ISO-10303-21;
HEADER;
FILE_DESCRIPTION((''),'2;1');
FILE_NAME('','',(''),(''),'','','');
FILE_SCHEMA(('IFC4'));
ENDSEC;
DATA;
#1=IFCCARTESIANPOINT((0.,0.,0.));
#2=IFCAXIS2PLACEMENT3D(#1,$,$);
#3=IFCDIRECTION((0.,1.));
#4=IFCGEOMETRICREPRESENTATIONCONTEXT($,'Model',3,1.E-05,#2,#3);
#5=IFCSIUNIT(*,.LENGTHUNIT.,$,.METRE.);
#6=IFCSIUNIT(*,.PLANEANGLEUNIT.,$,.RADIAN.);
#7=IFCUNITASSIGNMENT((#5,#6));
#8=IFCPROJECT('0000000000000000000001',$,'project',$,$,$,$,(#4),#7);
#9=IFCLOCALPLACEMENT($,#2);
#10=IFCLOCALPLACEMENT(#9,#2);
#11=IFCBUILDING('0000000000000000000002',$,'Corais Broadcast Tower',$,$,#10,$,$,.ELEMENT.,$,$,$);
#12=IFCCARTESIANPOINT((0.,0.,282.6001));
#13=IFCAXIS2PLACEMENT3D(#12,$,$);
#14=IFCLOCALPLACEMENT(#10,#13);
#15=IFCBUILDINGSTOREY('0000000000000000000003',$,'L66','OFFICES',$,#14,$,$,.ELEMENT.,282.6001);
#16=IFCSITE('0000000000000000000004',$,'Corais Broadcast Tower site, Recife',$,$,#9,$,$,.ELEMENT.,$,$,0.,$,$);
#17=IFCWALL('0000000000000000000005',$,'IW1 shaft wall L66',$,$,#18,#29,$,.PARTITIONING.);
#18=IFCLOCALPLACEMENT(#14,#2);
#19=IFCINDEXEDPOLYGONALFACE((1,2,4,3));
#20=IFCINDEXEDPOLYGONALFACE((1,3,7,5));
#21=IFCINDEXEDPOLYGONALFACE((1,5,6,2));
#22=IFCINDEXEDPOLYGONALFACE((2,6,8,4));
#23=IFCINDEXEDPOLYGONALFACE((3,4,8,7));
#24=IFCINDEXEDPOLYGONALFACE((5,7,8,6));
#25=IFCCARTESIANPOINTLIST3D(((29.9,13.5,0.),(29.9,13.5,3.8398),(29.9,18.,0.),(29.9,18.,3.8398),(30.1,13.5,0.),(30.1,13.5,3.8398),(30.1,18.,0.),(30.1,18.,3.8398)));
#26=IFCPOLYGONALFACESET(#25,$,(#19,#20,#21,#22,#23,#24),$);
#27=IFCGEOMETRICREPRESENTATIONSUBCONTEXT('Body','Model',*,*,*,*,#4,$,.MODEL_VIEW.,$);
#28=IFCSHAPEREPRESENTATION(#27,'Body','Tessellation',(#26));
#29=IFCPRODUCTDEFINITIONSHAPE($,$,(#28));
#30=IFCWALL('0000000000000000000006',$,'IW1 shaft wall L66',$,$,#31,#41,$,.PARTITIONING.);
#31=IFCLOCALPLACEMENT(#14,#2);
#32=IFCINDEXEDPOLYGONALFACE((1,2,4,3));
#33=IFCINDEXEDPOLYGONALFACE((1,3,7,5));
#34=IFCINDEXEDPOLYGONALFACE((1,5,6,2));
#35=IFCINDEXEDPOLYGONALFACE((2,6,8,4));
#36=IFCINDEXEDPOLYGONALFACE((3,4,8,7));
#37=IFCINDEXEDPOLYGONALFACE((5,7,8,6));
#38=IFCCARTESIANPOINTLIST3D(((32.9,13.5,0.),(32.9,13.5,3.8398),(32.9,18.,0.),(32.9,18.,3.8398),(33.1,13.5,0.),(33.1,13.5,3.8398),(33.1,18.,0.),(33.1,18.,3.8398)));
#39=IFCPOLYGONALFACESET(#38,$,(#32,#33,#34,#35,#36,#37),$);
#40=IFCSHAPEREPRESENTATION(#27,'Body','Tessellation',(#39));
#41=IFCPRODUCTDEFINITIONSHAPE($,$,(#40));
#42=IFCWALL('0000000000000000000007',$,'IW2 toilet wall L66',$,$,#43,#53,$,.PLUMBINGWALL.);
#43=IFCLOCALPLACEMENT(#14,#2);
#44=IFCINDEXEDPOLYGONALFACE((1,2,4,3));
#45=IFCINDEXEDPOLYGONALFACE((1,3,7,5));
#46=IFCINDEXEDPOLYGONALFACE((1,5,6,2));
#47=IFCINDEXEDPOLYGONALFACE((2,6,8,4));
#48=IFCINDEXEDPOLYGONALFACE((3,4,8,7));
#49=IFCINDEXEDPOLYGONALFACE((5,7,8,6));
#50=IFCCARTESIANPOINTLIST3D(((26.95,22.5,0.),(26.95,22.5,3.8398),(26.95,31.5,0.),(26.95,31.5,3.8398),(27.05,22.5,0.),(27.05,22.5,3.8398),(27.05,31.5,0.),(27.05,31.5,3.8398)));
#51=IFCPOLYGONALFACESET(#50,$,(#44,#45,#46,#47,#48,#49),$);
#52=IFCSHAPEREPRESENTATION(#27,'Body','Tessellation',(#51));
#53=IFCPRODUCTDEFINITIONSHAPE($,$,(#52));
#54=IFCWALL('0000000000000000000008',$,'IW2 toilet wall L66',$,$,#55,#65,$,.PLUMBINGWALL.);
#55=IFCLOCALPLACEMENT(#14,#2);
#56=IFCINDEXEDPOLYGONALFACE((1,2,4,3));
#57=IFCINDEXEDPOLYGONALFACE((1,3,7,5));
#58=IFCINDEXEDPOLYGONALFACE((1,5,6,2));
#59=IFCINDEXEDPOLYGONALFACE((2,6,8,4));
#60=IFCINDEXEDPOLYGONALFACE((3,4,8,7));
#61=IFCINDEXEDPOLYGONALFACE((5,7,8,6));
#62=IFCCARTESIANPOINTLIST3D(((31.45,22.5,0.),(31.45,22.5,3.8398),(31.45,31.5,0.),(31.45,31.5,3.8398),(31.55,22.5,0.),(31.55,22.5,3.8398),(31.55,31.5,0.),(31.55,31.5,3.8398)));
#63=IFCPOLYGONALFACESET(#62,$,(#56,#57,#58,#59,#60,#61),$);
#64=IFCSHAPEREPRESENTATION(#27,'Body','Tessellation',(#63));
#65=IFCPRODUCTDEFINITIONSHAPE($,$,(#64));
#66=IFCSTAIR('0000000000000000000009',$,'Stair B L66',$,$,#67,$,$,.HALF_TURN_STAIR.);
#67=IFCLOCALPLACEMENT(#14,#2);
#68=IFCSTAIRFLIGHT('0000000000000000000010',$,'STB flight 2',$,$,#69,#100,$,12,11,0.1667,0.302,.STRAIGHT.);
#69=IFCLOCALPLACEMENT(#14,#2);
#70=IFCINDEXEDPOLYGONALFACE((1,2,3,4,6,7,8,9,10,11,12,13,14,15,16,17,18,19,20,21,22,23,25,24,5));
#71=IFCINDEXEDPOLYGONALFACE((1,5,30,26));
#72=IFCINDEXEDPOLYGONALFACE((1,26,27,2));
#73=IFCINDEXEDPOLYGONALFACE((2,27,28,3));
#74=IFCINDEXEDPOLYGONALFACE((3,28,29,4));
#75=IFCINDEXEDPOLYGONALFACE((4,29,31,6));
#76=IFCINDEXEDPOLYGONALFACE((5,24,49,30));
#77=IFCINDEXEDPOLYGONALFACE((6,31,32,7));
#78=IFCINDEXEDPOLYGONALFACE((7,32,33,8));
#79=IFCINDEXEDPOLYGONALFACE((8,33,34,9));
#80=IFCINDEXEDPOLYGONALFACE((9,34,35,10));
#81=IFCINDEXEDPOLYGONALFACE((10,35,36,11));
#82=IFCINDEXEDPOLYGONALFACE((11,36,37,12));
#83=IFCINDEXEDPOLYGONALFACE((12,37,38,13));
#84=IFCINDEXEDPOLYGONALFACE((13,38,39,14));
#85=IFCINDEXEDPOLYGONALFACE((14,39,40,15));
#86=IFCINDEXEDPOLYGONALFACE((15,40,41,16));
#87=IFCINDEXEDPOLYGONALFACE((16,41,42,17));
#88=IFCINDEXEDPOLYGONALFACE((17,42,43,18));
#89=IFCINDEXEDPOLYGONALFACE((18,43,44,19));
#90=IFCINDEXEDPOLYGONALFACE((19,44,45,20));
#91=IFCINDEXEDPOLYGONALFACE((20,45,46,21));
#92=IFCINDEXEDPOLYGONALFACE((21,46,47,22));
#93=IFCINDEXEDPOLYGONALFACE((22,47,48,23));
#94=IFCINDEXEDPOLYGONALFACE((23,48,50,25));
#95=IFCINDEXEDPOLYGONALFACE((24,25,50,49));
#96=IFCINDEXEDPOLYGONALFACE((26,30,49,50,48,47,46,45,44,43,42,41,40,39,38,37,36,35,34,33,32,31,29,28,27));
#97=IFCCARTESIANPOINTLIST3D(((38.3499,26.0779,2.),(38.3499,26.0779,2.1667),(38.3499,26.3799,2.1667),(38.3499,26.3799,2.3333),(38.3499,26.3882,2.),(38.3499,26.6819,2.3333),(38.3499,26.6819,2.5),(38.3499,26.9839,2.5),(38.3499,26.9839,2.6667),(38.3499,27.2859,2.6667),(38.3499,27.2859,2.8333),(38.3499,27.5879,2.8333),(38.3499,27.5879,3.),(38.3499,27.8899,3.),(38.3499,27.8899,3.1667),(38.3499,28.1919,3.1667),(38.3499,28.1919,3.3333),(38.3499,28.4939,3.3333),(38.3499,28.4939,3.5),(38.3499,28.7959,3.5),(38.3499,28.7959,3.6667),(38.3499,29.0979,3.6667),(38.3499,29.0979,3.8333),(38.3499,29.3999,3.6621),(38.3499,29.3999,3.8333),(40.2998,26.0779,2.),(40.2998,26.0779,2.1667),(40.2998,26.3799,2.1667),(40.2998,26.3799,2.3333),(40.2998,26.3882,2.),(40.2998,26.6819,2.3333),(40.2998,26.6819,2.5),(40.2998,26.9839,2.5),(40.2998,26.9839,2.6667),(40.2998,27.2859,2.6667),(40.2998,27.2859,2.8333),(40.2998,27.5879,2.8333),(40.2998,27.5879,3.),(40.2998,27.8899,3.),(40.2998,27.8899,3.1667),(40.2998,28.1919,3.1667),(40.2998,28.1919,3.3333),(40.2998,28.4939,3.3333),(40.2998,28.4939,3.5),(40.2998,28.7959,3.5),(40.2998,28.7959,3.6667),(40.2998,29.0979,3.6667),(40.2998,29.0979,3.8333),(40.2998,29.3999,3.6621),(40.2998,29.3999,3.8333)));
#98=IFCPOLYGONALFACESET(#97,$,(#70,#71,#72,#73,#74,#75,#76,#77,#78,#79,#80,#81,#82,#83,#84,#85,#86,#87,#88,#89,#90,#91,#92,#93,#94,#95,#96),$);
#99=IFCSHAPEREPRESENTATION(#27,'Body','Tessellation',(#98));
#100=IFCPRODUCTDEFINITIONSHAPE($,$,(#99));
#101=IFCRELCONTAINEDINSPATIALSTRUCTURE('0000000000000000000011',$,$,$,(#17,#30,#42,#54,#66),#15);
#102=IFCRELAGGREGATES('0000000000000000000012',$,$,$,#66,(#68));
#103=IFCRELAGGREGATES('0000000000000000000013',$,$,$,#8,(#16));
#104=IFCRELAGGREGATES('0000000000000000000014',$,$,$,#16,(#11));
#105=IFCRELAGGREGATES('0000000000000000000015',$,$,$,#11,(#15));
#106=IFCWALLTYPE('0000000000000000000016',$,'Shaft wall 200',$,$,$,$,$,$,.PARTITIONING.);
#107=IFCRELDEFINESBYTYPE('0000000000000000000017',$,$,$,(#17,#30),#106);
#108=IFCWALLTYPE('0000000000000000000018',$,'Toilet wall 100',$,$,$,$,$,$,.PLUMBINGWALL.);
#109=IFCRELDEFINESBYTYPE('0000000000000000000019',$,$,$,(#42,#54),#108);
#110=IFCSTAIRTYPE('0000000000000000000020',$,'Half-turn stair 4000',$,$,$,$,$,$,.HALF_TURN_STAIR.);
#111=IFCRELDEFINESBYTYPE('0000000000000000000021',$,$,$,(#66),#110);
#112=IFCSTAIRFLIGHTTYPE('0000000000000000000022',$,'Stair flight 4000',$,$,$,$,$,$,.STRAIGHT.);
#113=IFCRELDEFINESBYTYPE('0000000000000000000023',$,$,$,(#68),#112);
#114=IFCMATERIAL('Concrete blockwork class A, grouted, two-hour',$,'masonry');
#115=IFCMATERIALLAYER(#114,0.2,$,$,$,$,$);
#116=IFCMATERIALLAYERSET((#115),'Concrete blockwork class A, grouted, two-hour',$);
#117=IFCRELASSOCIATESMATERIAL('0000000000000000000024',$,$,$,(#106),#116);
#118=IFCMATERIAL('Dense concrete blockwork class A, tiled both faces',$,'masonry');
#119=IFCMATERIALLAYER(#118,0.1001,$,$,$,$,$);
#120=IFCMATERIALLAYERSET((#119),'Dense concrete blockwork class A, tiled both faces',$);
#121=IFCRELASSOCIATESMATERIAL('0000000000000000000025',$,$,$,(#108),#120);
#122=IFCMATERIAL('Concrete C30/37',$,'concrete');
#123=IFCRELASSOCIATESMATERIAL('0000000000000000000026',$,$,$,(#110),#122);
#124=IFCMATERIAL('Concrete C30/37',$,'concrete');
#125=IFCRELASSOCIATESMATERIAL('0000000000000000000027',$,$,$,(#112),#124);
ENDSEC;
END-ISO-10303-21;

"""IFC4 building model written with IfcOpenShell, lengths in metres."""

from ifc_helpers import new_model, si_unit, direction, frame, frame_2d, origin, place, context, subcontext, project, spatial, polyline, rectangle, outline, extrude, material, layer, layer_set, type_object, element, aggregate, save


model = new_model("IFC4")

# Units and contexts
model_context = context("Model", 3, precision=1e-05, world=origin(), true_north=direction((0.0, 1.0)))
body_context = subcontext(model_context, "Body", "Model", "MODEL_VIEW")
ifc_project = project(units=[si_unit("LENGTHUNIT", "METRE"), si_unit("PLANEANGLEUNIT", "RADIAN")], contexts=[model_context])

# Site, building, storey
site_placement = place(None, origin())
site = spatial("IfcSite", under=ifc_project, at=site_placement, Name="Corais Broadcast Tower site, Recife", CompositionType="ELEMENT", RefElevation=0.0)
building_placement = place(site_placement, origin())
building = spatial("IfcBuilding", under=site, at=building_placement, Name="Corais Broadcast Tower", CompositionType="ELEMENT")
storey_placement = place(building_placement, frame((0.0, 0.0, 282.6001)))
storey = spatial("IfcBuildingStorey", under=building, at=storey_placement, Name="L66", Description="OFFICES", CompositionType="ELEMENT", Elevation=282.6001)

# Walls
ifc_material_1 = material(Name="Concrete blockwork class A, grouted, two-hour", Category="masonry")
ifc_layer_1 = layer(ifc_material_1, 0.2)
ifc_layer_set_1 = layer_set([ifc_layer_1], Name="Concrete blockwork class A, grouted, two-hour")
wall_type_1 = type_object("IfcWallType", Name="Shaft wall 200", PredefinedType="PARTITIONING", material=ifc_layer_set_1)
for number, where, z_axis, x_axis, name in (
    (1, (30.0, 13.5, 0.0), (0.0, 0.0, 1.0), (0.0, 1.0, 0.0), "IW1 shaft wall L66"),
    (2, (33.0, 13.5, 0.0), (0.0, 0.0, 1.0), (0.0, 1.0, 0.0), "IW1 shaft wall L66"),
):
    element("IfcWall", number, at=place(storey_placement, frame(where, z_axis=z_axis, x_axis=x_axis)), inside=storey, type_object=wall_type_1, Name=name, PredefinedType="PARTITIONING", context=body_context, shape_type="SweptSolid", body=[
        extrude(rectangle(XDim=4.5, YDim=0.2, at=frame_2d((2.25, 0.0))), origin(), (0.0, 0.0, 1.0), 3.8398),
    ])
ifc_material_2 = material(Name="Dense concrete blockwork class A, tiled both faces", Category="masonry")
ifc_layer_2 = layer(ifc_material_2, 0.1001)
ifc_layer_set_2 = layer_set([ifc_layer_2], Name="Dense concrete blockwork class A, tiled both faces")
wall_type_2 = type_object("IfcWallType", Name="Toilet wall 100", PredefinedType="PLUMBINGWALL", material=ifc_layer_set_2)
for number, where, z_axis, x_axis, name in (
    (3, (27.0, 22.5, 0.0), (0.0, 0.0, 1.0), (0.0, 1.0, 0.0), "IW2 toilet wall L66"),
    (4, (31.5, 22.5, 0.0), (0.0, 0.0, 1.0), (0.0, 1.0, 0.0), "IW2 toilet wall L66"),
):
    element("IfcWall", number, at=place(storey_placement, frame(where, z_axis=z_axis, x_axis=x_axis)), inside=storey, type_object=wall_type_2, Name=name, PredefinedType="PLUMBINGWALL", context=body_context, shape_type="SweptSolid", body=[
        extrude(rectangle(XDim=9.0, YDim=0.1001, at=frame_2d((4.5, 0.0))), origin(), (0.0, 0.0, 1.0), 3.8398),
    ])

# Stair, stair flight
ifc_material_3 = material(Name="Concrete C30/37", Category="concrete")
stair_type = type_object("IfcStairType", Name="Half-turn stair 4000", PredefinedType="HALF_TURN_STAIR", material=ifc_material_3)
stair_placement = place(storey_placement, origin())
stair = element("IfcStair", 5, at=stair_placement, inside=storey, type_object=stair_type, Name="Stair B L66", PredefinedType="HALF_TURN_STAIR")
ifc_material_4 = material(Name="Concrete C30/37", Category="concrete")
stair_flight_type = type_object("IfcStairFlightType", Name="Stair flight 4000", PredefinedType="STRAIGHT", material=ifc_material_4)
stair_flight_placement = place(storey_placement, frame((39.325, 26.0779, 2.0), z_axis=(0.0, 0.0, 1.0), x_axis=(0.0, 1.0, 0.0)))
stair_flight = element("IfcStairFlight", 6, at=stair_flight_placement, type_object=stair_flight_type, Name="STB flight 2", NumberOfRisers=12, NumberOfTreads=11, PredefinedType="STRAIGHT", RiserHeight=0.1667, TreadLength=0.302, context=body_context, shape_type="SweptSolid", body=[
    extrude(outline(polyline([(0.0, 0.0), (0.0, 0.1667), (0.302, 0.1667), (0.302, 0.3333), (0.604, 0.3333), (0.604, 0.5), (0.906, 0.5), (0.906, 0.6667), (1.208, 0.6667), (1.208, 0.8333), (1.51, 0.8333), (1.51, 1.0), (1.812, 1.0), (1.812, 1.1667), (2.114, 1.1667), (2.114, 1.3333), (2.416, 1.3333), (2.416, 1.5), (2.718, 1.5), (2.718, 1.6667), (3.02, 1.6667), (3.02, 1.8333), (3.322, 1.8333), (3.322, 2.0), (3.322, 1.6621), (0.3103, 0.0), (0.0, 0.0)])), frame((0.0, 0.9751, 0.0), z_axis=(0.0, -1.0, 0.0), x_axis=(1.0, 0.0, 0.0)), (0.0, 0.0, 1.0), 1.95),
])
aggregate(stair, [stair_flight])

save(model, "model.ifc")
